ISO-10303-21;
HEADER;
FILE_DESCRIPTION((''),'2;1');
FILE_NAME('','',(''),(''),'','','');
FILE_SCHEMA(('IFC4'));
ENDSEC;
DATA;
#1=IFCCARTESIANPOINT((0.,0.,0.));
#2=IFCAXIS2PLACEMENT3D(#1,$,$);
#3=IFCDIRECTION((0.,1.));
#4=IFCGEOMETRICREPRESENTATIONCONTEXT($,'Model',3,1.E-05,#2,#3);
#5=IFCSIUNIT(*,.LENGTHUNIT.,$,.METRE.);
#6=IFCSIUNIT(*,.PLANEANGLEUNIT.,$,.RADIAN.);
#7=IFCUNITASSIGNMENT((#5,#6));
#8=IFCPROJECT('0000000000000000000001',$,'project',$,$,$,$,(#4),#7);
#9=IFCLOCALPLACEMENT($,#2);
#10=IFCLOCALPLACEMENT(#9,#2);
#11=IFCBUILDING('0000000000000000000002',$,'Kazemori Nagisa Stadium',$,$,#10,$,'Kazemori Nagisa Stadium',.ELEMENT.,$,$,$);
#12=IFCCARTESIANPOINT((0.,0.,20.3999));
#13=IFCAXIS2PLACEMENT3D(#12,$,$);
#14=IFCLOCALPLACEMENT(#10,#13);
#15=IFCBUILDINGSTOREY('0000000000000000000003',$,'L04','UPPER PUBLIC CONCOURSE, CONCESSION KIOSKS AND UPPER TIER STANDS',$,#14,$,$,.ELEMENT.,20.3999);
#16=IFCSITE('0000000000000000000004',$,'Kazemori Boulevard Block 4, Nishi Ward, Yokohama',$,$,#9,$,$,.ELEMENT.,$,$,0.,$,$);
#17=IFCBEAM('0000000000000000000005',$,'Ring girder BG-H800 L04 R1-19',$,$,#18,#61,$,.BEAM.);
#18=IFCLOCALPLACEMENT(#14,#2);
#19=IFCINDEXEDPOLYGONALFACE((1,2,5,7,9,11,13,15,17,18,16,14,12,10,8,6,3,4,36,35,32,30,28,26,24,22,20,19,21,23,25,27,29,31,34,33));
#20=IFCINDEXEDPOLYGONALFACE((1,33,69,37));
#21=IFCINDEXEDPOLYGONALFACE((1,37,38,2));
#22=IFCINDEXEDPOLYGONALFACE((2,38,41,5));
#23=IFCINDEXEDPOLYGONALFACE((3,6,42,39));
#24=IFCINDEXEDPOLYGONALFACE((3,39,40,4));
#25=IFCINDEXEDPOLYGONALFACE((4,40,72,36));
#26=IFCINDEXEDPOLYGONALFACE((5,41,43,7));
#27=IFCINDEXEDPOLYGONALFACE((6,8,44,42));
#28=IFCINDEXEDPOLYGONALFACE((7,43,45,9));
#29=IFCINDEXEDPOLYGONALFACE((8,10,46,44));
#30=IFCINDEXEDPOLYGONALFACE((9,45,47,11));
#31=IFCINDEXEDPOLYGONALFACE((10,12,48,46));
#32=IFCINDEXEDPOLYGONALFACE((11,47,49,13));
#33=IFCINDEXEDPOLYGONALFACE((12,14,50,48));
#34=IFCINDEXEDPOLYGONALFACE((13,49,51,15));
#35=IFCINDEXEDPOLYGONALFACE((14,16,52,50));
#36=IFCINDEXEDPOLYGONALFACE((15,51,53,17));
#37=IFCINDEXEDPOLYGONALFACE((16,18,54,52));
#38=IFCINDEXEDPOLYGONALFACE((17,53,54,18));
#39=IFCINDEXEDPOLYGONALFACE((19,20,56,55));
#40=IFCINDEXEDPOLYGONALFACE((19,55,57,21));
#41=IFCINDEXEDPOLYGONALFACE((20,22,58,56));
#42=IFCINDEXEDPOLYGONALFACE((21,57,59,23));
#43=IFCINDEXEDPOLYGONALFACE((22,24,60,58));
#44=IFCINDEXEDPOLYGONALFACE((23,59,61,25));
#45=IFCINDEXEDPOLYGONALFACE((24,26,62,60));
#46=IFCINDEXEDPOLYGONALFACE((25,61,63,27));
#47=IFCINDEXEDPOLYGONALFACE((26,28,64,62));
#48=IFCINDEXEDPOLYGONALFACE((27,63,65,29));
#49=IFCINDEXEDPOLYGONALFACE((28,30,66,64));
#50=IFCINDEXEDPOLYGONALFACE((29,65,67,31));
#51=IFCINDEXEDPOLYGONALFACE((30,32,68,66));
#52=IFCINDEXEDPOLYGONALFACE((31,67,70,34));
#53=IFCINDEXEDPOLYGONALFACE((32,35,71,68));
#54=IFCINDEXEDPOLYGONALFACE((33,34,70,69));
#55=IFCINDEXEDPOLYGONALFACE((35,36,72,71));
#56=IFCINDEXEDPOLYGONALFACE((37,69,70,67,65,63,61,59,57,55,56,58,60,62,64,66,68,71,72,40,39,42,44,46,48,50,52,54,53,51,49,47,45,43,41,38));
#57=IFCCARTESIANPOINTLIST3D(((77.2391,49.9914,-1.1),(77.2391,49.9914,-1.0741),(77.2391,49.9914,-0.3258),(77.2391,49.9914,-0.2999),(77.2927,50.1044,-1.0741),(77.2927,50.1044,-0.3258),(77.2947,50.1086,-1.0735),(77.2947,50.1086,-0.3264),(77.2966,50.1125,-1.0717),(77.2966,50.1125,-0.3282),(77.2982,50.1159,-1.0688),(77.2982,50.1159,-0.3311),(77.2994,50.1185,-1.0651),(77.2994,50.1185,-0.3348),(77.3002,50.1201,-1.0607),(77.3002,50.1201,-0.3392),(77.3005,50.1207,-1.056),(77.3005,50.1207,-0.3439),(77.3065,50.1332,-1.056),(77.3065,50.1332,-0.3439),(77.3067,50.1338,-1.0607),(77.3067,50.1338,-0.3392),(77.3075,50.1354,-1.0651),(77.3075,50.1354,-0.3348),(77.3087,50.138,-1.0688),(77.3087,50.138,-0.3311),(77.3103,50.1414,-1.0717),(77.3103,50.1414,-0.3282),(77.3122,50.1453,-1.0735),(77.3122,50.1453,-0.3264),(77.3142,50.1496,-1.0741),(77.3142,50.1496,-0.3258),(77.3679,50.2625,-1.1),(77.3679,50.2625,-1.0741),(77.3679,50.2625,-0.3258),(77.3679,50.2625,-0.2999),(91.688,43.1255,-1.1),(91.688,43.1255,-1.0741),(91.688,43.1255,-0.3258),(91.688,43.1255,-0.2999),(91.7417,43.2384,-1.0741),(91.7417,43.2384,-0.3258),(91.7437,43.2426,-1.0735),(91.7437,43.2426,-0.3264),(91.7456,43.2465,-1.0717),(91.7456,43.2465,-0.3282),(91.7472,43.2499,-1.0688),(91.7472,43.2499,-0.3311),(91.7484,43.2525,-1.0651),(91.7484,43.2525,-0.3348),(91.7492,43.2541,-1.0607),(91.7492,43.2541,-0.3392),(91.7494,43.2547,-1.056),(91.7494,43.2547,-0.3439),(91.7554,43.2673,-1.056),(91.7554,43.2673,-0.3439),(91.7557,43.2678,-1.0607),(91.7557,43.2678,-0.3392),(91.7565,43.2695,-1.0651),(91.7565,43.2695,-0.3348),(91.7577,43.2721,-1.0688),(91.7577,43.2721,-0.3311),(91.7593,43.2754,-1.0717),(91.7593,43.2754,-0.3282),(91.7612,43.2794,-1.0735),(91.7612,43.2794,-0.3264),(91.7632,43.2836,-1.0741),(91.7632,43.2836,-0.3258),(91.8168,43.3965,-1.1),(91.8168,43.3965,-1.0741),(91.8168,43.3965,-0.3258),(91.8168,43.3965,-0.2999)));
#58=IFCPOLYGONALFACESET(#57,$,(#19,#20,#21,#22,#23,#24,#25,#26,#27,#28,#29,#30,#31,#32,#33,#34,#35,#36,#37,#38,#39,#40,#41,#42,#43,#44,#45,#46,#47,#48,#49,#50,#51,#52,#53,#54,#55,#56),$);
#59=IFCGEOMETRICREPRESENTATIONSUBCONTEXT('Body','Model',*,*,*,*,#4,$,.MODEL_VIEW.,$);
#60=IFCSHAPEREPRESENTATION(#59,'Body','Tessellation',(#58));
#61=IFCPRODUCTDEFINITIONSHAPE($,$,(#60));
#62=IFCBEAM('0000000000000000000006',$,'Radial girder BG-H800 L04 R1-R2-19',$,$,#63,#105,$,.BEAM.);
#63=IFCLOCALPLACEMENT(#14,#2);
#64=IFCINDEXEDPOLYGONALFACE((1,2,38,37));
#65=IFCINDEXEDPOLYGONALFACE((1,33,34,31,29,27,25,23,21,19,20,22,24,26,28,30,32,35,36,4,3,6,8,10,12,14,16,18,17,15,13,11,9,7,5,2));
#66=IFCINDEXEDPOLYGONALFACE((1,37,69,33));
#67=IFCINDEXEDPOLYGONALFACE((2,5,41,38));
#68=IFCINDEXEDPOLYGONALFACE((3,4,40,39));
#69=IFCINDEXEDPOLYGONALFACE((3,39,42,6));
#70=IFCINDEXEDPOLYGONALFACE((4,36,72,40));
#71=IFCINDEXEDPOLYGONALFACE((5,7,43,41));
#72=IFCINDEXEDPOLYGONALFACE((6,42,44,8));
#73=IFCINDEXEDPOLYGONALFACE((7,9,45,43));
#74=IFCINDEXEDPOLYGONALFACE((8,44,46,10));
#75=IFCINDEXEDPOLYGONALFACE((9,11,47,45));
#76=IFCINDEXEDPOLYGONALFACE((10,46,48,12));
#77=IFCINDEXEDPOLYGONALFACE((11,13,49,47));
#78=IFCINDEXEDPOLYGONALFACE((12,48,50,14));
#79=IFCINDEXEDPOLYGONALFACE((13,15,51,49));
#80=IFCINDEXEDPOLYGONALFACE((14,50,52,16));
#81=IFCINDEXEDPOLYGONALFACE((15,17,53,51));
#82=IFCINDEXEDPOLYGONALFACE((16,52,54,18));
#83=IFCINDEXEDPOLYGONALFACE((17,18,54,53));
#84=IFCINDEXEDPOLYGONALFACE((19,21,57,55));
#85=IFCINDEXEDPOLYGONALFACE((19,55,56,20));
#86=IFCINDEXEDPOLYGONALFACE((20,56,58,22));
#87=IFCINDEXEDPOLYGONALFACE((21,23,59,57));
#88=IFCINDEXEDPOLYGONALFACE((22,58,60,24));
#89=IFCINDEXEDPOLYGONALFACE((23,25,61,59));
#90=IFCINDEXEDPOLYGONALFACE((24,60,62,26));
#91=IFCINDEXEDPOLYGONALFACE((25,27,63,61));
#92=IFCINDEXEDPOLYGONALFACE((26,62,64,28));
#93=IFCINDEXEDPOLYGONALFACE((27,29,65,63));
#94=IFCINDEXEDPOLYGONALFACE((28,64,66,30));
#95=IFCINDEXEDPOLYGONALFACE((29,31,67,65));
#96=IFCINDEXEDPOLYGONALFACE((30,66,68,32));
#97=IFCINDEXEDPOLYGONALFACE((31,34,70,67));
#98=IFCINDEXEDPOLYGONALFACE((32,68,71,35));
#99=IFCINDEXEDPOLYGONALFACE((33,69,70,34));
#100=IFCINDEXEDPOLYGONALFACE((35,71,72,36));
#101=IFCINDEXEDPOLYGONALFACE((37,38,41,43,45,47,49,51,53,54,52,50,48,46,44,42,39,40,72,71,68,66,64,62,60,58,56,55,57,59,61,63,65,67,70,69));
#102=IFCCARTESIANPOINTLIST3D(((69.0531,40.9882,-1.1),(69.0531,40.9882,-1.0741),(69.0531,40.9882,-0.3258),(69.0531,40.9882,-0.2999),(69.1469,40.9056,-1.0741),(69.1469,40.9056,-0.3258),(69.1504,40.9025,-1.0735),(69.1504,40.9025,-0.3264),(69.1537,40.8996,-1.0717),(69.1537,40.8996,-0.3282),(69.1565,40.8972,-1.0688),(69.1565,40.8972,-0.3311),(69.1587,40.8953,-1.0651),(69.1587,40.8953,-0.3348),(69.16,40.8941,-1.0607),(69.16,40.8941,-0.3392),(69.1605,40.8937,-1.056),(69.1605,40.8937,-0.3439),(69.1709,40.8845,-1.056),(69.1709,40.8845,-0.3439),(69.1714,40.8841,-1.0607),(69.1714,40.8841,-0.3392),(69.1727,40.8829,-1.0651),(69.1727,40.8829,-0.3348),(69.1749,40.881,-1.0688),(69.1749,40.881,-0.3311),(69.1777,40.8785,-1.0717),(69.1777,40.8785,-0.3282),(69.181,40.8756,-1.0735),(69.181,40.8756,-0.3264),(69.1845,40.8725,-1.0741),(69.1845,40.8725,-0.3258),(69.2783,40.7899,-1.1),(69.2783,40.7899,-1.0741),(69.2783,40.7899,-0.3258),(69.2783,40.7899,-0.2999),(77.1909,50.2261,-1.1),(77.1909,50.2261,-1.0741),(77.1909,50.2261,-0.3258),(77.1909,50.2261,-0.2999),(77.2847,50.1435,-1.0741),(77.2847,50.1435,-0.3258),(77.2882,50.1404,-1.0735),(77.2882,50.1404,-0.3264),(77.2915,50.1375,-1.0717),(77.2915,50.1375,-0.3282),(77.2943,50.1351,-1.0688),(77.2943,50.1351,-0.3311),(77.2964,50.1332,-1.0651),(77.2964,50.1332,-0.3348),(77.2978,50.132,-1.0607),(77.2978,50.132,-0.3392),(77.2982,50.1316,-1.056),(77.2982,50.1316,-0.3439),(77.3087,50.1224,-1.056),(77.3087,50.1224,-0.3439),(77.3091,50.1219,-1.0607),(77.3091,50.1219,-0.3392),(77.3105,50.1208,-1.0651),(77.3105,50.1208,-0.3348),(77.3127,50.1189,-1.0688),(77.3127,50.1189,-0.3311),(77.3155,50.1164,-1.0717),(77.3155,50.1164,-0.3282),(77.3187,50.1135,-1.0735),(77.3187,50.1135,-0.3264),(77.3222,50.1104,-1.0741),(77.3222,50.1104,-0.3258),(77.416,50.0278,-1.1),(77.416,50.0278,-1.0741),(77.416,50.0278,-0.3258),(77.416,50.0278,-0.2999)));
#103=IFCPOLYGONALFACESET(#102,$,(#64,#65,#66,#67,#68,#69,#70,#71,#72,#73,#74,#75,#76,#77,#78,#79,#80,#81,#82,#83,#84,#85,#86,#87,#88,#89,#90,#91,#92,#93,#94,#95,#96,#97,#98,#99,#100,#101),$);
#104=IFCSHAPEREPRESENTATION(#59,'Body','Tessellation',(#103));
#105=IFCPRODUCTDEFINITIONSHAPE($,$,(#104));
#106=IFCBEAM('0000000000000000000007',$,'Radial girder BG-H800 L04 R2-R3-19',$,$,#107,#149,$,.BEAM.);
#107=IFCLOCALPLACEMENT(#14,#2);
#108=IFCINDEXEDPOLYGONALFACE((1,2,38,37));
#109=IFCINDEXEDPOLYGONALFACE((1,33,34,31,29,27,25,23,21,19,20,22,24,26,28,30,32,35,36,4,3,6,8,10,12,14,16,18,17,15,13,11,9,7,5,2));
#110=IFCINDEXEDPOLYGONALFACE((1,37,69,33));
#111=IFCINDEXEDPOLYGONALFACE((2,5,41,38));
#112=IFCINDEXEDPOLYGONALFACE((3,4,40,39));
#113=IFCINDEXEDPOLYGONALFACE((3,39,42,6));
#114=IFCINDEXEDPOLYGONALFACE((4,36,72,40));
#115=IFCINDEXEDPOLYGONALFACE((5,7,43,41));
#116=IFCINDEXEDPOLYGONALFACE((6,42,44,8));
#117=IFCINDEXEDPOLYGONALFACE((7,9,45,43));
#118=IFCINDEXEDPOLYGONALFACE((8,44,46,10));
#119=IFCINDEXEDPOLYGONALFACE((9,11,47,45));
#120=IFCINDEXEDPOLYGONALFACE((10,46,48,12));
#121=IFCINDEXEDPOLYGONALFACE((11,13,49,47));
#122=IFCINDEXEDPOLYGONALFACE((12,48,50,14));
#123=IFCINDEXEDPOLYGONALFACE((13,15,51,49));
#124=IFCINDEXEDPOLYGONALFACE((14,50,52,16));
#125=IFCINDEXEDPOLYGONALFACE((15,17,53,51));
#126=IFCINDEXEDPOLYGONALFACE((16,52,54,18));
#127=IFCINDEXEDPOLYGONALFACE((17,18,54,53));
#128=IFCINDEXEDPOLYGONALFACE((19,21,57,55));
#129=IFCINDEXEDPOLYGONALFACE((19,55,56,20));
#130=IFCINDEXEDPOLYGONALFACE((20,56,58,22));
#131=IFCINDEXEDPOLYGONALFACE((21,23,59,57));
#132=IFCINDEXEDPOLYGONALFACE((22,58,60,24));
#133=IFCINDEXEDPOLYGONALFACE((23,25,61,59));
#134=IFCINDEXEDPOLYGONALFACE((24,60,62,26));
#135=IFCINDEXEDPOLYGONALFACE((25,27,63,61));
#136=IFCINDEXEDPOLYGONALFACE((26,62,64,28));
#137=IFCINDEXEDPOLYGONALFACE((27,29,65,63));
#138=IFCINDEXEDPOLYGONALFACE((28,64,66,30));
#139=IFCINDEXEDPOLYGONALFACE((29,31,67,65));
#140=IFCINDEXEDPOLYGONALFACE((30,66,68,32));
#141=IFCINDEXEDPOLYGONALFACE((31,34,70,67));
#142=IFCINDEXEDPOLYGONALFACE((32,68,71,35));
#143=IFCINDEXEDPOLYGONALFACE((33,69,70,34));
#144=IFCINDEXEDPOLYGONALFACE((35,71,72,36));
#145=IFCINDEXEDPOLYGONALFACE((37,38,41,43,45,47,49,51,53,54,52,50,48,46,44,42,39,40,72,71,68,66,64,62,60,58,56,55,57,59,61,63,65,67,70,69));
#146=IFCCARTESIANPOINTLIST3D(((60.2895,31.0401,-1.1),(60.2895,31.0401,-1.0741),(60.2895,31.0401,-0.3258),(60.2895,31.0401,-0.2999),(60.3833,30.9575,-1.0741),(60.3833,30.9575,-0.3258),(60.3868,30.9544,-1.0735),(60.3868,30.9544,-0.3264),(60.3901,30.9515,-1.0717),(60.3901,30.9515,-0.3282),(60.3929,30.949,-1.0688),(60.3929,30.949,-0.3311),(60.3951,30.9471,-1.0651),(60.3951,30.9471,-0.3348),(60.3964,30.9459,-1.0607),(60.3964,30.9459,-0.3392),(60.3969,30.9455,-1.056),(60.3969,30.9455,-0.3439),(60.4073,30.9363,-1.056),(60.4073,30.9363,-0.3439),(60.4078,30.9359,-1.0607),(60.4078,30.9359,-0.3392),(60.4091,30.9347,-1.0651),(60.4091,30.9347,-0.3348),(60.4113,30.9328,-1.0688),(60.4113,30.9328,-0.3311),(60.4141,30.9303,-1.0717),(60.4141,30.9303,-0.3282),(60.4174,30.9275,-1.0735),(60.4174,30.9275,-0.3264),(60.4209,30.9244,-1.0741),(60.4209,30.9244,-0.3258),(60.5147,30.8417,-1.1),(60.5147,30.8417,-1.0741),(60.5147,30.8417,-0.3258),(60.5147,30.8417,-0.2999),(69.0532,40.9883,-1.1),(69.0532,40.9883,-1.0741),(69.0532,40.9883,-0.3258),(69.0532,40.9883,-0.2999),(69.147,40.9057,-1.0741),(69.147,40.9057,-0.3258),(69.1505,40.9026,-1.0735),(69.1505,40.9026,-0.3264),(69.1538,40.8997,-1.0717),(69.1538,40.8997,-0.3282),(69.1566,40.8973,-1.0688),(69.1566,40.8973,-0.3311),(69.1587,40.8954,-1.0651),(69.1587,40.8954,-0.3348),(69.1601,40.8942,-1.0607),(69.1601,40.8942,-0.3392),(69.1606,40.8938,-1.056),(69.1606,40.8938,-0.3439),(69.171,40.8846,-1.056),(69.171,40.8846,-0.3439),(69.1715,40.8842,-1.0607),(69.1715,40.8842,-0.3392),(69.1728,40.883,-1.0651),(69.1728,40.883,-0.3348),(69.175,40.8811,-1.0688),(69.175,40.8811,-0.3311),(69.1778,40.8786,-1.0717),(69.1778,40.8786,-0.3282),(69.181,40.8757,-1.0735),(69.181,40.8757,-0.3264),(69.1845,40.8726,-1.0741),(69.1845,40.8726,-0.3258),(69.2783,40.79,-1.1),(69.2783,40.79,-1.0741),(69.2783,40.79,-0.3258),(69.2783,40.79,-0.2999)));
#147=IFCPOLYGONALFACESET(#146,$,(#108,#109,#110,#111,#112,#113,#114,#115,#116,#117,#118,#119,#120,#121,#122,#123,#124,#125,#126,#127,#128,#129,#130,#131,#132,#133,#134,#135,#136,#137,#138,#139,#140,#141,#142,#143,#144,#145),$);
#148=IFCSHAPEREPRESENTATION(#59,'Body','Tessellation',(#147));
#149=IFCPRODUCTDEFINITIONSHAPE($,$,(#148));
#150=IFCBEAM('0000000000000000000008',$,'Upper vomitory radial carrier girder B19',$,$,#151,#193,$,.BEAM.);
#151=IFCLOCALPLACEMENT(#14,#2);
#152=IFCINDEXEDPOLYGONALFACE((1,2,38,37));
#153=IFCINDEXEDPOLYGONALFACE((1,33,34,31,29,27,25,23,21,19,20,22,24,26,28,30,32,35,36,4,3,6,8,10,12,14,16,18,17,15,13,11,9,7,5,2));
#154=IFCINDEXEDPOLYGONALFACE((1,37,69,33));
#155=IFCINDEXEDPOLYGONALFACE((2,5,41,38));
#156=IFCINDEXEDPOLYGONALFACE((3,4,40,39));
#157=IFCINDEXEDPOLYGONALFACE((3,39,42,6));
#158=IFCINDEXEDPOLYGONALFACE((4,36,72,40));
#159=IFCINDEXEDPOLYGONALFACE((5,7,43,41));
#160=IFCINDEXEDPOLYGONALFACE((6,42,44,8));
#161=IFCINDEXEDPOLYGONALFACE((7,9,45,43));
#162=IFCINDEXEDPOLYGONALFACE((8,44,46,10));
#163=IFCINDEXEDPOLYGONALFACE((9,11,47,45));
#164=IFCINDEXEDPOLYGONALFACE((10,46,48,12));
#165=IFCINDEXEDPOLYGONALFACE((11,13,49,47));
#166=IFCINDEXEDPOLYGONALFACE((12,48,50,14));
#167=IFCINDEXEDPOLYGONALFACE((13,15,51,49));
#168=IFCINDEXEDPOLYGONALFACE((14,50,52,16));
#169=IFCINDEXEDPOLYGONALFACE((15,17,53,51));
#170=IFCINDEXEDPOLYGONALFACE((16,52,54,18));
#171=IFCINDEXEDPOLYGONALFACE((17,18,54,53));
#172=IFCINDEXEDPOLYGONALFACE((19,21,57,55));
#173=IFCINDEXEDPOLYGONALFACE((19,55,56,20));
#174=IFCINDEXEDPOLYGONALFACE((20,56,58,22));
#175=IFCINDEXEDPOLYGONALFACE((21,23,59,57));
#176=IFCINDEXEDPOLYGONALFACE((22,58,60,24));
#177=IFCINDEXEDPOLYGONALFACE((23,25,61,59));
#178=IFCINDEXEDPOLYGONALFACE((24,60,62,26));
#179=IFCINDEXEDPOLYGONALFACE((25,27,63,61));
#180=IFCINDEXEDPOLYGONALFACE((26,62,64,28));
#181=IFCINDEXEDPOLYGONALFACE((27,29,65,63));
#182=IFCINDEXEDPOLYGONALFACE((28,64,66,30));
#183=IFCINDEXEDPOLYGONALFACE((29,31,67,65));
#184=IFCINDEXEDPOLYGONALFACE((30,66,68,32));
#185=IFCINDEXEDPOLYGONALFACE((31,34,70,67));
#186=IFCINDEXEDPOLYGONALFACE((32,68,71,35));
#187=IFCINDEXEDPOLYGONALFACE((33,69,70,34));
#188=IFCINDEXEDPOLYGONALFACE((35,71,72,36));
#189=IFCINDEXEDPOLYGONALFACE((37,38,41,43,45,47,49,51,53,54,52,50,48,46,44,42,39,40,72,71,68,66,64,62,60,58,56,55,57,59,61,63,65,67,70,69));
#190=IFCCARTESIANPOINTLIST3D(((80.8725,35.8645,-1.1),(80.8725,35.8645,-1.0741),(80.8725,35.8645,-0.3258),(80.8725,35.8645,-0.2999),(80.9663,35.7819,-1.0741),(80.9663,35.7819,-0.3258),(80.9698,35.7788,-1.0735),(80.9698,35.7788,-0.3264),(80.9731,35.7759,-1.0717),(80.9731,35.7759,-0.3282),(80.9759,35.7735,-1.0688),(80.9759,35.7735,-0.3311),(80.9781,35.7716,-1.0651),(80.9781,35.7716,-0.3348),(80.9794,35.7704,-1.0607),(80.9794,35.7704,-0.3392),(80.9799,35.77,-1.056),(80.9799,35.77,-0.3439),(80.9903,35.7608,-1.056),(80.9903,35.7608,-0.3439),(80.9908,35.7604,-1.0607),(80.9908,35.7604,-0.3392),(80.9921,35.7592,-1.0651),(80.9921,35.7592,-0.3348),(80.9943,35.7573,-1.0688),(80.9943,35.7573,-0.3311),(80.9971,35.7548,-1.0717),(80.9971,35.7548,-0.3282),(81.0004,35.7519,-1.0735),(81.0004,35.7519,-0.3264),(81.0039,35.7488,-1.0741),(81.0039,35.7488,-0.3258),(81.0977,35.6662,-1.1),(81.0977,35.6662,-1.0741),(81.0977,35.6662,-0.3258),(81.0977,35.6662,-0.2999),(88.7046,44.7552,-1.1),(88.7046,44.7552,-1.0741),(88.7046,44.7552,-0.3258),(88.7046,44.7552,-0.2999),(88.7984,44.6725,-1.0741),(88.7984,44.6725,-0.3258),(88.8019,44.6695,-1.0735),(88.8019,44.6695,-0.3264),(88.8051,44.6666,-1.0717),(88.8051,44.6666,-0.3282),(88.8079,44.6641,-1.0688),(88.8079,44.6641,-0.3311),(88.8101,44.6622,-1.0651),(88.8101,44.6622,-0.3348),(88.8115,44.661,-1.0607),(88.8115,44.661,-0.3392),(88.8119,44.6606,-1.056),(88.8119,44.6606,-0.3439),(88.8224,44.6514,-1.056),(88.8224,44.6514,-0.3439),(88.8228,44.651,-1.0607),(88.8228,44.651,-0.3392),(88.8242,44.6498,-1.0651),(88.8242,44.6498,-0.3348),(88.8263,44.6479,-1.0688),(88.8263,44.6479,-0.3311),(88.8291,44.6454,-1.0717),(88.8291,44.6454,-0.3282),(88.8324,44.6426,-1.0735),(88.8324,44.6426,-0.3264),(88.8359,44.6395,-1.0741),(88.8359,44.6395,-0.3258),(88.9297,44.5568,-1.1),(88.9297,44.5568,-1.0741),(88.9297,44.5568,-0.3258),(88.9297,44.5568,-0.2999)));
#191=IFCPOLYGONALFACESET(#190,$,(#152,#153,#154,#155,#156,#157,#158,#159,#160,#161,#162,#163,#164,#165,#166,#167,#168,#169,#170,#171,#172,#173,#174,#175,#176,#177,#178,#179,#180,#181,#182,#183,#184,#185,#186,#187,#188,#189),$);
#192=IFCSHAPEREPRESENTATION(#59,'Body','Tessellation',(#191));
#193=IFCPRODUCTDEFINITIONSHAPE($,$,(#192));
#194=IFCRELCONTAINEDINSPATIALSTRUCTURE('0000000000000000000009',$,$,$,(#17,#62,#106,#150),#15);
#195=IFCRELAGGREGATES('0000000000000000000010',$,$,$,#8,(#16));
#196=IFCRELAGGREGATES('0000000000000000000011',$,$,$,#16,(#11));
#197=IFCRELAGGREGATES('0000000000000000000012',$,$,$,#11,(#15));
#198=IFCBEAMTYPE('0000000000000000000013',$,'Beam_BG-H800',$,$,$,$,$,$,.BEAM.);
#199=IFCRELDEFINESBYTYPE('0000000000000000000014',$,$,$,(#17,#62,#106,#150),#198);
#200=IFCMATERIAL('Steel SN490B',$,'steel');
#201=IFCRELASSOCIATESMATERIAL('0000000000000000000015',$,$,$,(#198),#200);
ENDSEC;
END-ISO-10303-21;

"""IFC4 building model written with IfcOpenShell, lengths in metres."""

from ifc_helpers import new_model, si_unit, direction, frame, origin, origin_2d, place, context, subcontext, project, spatial, i_section, extrude, material, material_profile, profile_set, type_object, element, save


model = new_model("IFC4")

# Units and contexts
model_context = context("Model", 3, precision=1e-05, world=origin(), true_north=direction((0.0, 1.0)))
body_context = subcontext(model_context, "Body", "Model", "MODEL_VIEW")
ifc_project = project(units=[si_unit("LENGTHUNIT", "METRE"), si_unit("PLANEANGLEUNIT", "RADIAN")], contexts=[model_context])

# Site, building, storey
site_placement = place(None, origin())
site = spatial("IfcSite", under=ifc_project, at=site_placement, Name="Kazemori Boulevard Block 4, Nishi Ward, Yokohama", CompositionType="ELEMENT", RefElevation=0.0)
building_placement = place(site_placement, origin())
building = spatial("IfcBuilding", under=site, at=building_placement, Name="Kazemori Nagisa Stadium", LongName="Kazemori Nagisa Stadium", CompositionType="ELEMENT")
storey_placement = place(building_placement, frame((0.0, 0.0, 20.3999)))
storey = spatial("IfcBuildingStorey", under=building, at=storey_placement, Name="L04", Description="UPPER PUBLIC CONCOURSE, CONCESSION KIOSKS AND UPPER TIER STANDS", CompositionType="ELEMENT", Elevation=20.3999)

# Beams
ifc_material_1 = material(Name="Steel SN490B", Category="steel")
ifc_material_profile_1 = material_profile(ifc_material_1, i_section(OverallWidth=0.3, OverallDepth=0.8, WebThickness=0.0139, FlangeThickness=0.0259, FilletRadius=0.0181, at=origin_2d()), Name="H-800x300x14x26")
ifc_profile_set_1 = profile_set([ifc_material_profile_1], Name="Steel SN490B")
beam_type_1 = type_object("IfcBeamType", Name="Beam_BG-H800", PredefinedType="BEAM", material=ifc_profile_set_1)
beam_1_placement = place(storey_placement, frame((77.3035, 50.127, -0.7), z_axis=(0.903212, -0.429195, 0.0), x_axis=(0.429195, 0.903212, 0.0)))
element("IfcBeam", 1, at=beam_1_placement, inside=storey, type_object=beam_type_1, Name="Ring girder BG-H800 L04 R1-19", PredefinedType="BEAM", context=body_context, shape_type="SweptSolid", body=[
    extrude(i_section(OverallWidth=0.3, OverallDepth=0.8, WebThickness=0.0139, FlangeThickness=0.0259, FilletRadius=0.0181, at=origin_2d()), origin(), (0.0, 0.0, 1.0), 15.9973),
])
beam_2_placement = place(storey_placement, frame((77.3035, 50.127, -0.7), z_axis=(-0.661014, -0.750374, 0.0), x_axis=(0.750374, -0.661014, 0.0)))
element("IfcBeam", 2, at=beam_2_placement, inside=storey, type_object=beam_type_1, Name="Radial girder BG-H800 L04 R1-R2-19", PredefinedType="BEAM", context=body_context, shape_type="SweptSolid", body=[
    extrude(i_section(OverallWidth=0.3, OverallDepth=0.8, WebThickness=0.0139, FlangeThickness=0.0259, FilletRadius=0.0181, at=origin_2d()), origin(), (0.0, 0.0, 1.0), 12.311),
])
beam_3_placement = place(storey_placement, frame((69.1658, 40.8892, -0.7), z_axis=(-0.66102, -0.750369, 0.0), x_axis=(0.750369, -0.66102, 0.0)))
element("IfcBeam", 3, at=beam_3_placement, inside=storey, type_object=beam_type_1, Name="Radial girder BG-H800 L04 R2-R3-19", PredefinedType="BEAM", context=body_context, shape_type="SweptSolid", body=[
    extrude(i_section(OverallWidth=0.3, OverallDepth=0.8, WebThickness=0.0139, FlangeThickness=0.0259, FilletRadius=0.0181, at=origin_2d()), origin(), (0.0, 0.0, 1.0), 13.2578),
])
beam_4_placement = place(storey_placement, frame((88.8171, 44.656, -0.7), z_axis=(-0.661022, -0.750367, 0.0), x_axis=(0.750367, -0.661022, 0.0)))
element("IfcBeam", 4, at=beam_4_placement, inside=storey, type_object=beam_type_1, Name="Upper vomitory radial carrier girder B19", PredefinedType="BEAM", context=body_context, shape_type="SweptSolid", body=[
    extrude(i_section(OverallWidth=0.3, OverallDepth=0.8, WebThickness=0.0139, FlangeThickness=0.0259, FilletRadius=0.0181, at=origin_2d()), origin(), (0.0, 0.0, 1.0), 11.8484),
])

save(model, "model.ifc")
